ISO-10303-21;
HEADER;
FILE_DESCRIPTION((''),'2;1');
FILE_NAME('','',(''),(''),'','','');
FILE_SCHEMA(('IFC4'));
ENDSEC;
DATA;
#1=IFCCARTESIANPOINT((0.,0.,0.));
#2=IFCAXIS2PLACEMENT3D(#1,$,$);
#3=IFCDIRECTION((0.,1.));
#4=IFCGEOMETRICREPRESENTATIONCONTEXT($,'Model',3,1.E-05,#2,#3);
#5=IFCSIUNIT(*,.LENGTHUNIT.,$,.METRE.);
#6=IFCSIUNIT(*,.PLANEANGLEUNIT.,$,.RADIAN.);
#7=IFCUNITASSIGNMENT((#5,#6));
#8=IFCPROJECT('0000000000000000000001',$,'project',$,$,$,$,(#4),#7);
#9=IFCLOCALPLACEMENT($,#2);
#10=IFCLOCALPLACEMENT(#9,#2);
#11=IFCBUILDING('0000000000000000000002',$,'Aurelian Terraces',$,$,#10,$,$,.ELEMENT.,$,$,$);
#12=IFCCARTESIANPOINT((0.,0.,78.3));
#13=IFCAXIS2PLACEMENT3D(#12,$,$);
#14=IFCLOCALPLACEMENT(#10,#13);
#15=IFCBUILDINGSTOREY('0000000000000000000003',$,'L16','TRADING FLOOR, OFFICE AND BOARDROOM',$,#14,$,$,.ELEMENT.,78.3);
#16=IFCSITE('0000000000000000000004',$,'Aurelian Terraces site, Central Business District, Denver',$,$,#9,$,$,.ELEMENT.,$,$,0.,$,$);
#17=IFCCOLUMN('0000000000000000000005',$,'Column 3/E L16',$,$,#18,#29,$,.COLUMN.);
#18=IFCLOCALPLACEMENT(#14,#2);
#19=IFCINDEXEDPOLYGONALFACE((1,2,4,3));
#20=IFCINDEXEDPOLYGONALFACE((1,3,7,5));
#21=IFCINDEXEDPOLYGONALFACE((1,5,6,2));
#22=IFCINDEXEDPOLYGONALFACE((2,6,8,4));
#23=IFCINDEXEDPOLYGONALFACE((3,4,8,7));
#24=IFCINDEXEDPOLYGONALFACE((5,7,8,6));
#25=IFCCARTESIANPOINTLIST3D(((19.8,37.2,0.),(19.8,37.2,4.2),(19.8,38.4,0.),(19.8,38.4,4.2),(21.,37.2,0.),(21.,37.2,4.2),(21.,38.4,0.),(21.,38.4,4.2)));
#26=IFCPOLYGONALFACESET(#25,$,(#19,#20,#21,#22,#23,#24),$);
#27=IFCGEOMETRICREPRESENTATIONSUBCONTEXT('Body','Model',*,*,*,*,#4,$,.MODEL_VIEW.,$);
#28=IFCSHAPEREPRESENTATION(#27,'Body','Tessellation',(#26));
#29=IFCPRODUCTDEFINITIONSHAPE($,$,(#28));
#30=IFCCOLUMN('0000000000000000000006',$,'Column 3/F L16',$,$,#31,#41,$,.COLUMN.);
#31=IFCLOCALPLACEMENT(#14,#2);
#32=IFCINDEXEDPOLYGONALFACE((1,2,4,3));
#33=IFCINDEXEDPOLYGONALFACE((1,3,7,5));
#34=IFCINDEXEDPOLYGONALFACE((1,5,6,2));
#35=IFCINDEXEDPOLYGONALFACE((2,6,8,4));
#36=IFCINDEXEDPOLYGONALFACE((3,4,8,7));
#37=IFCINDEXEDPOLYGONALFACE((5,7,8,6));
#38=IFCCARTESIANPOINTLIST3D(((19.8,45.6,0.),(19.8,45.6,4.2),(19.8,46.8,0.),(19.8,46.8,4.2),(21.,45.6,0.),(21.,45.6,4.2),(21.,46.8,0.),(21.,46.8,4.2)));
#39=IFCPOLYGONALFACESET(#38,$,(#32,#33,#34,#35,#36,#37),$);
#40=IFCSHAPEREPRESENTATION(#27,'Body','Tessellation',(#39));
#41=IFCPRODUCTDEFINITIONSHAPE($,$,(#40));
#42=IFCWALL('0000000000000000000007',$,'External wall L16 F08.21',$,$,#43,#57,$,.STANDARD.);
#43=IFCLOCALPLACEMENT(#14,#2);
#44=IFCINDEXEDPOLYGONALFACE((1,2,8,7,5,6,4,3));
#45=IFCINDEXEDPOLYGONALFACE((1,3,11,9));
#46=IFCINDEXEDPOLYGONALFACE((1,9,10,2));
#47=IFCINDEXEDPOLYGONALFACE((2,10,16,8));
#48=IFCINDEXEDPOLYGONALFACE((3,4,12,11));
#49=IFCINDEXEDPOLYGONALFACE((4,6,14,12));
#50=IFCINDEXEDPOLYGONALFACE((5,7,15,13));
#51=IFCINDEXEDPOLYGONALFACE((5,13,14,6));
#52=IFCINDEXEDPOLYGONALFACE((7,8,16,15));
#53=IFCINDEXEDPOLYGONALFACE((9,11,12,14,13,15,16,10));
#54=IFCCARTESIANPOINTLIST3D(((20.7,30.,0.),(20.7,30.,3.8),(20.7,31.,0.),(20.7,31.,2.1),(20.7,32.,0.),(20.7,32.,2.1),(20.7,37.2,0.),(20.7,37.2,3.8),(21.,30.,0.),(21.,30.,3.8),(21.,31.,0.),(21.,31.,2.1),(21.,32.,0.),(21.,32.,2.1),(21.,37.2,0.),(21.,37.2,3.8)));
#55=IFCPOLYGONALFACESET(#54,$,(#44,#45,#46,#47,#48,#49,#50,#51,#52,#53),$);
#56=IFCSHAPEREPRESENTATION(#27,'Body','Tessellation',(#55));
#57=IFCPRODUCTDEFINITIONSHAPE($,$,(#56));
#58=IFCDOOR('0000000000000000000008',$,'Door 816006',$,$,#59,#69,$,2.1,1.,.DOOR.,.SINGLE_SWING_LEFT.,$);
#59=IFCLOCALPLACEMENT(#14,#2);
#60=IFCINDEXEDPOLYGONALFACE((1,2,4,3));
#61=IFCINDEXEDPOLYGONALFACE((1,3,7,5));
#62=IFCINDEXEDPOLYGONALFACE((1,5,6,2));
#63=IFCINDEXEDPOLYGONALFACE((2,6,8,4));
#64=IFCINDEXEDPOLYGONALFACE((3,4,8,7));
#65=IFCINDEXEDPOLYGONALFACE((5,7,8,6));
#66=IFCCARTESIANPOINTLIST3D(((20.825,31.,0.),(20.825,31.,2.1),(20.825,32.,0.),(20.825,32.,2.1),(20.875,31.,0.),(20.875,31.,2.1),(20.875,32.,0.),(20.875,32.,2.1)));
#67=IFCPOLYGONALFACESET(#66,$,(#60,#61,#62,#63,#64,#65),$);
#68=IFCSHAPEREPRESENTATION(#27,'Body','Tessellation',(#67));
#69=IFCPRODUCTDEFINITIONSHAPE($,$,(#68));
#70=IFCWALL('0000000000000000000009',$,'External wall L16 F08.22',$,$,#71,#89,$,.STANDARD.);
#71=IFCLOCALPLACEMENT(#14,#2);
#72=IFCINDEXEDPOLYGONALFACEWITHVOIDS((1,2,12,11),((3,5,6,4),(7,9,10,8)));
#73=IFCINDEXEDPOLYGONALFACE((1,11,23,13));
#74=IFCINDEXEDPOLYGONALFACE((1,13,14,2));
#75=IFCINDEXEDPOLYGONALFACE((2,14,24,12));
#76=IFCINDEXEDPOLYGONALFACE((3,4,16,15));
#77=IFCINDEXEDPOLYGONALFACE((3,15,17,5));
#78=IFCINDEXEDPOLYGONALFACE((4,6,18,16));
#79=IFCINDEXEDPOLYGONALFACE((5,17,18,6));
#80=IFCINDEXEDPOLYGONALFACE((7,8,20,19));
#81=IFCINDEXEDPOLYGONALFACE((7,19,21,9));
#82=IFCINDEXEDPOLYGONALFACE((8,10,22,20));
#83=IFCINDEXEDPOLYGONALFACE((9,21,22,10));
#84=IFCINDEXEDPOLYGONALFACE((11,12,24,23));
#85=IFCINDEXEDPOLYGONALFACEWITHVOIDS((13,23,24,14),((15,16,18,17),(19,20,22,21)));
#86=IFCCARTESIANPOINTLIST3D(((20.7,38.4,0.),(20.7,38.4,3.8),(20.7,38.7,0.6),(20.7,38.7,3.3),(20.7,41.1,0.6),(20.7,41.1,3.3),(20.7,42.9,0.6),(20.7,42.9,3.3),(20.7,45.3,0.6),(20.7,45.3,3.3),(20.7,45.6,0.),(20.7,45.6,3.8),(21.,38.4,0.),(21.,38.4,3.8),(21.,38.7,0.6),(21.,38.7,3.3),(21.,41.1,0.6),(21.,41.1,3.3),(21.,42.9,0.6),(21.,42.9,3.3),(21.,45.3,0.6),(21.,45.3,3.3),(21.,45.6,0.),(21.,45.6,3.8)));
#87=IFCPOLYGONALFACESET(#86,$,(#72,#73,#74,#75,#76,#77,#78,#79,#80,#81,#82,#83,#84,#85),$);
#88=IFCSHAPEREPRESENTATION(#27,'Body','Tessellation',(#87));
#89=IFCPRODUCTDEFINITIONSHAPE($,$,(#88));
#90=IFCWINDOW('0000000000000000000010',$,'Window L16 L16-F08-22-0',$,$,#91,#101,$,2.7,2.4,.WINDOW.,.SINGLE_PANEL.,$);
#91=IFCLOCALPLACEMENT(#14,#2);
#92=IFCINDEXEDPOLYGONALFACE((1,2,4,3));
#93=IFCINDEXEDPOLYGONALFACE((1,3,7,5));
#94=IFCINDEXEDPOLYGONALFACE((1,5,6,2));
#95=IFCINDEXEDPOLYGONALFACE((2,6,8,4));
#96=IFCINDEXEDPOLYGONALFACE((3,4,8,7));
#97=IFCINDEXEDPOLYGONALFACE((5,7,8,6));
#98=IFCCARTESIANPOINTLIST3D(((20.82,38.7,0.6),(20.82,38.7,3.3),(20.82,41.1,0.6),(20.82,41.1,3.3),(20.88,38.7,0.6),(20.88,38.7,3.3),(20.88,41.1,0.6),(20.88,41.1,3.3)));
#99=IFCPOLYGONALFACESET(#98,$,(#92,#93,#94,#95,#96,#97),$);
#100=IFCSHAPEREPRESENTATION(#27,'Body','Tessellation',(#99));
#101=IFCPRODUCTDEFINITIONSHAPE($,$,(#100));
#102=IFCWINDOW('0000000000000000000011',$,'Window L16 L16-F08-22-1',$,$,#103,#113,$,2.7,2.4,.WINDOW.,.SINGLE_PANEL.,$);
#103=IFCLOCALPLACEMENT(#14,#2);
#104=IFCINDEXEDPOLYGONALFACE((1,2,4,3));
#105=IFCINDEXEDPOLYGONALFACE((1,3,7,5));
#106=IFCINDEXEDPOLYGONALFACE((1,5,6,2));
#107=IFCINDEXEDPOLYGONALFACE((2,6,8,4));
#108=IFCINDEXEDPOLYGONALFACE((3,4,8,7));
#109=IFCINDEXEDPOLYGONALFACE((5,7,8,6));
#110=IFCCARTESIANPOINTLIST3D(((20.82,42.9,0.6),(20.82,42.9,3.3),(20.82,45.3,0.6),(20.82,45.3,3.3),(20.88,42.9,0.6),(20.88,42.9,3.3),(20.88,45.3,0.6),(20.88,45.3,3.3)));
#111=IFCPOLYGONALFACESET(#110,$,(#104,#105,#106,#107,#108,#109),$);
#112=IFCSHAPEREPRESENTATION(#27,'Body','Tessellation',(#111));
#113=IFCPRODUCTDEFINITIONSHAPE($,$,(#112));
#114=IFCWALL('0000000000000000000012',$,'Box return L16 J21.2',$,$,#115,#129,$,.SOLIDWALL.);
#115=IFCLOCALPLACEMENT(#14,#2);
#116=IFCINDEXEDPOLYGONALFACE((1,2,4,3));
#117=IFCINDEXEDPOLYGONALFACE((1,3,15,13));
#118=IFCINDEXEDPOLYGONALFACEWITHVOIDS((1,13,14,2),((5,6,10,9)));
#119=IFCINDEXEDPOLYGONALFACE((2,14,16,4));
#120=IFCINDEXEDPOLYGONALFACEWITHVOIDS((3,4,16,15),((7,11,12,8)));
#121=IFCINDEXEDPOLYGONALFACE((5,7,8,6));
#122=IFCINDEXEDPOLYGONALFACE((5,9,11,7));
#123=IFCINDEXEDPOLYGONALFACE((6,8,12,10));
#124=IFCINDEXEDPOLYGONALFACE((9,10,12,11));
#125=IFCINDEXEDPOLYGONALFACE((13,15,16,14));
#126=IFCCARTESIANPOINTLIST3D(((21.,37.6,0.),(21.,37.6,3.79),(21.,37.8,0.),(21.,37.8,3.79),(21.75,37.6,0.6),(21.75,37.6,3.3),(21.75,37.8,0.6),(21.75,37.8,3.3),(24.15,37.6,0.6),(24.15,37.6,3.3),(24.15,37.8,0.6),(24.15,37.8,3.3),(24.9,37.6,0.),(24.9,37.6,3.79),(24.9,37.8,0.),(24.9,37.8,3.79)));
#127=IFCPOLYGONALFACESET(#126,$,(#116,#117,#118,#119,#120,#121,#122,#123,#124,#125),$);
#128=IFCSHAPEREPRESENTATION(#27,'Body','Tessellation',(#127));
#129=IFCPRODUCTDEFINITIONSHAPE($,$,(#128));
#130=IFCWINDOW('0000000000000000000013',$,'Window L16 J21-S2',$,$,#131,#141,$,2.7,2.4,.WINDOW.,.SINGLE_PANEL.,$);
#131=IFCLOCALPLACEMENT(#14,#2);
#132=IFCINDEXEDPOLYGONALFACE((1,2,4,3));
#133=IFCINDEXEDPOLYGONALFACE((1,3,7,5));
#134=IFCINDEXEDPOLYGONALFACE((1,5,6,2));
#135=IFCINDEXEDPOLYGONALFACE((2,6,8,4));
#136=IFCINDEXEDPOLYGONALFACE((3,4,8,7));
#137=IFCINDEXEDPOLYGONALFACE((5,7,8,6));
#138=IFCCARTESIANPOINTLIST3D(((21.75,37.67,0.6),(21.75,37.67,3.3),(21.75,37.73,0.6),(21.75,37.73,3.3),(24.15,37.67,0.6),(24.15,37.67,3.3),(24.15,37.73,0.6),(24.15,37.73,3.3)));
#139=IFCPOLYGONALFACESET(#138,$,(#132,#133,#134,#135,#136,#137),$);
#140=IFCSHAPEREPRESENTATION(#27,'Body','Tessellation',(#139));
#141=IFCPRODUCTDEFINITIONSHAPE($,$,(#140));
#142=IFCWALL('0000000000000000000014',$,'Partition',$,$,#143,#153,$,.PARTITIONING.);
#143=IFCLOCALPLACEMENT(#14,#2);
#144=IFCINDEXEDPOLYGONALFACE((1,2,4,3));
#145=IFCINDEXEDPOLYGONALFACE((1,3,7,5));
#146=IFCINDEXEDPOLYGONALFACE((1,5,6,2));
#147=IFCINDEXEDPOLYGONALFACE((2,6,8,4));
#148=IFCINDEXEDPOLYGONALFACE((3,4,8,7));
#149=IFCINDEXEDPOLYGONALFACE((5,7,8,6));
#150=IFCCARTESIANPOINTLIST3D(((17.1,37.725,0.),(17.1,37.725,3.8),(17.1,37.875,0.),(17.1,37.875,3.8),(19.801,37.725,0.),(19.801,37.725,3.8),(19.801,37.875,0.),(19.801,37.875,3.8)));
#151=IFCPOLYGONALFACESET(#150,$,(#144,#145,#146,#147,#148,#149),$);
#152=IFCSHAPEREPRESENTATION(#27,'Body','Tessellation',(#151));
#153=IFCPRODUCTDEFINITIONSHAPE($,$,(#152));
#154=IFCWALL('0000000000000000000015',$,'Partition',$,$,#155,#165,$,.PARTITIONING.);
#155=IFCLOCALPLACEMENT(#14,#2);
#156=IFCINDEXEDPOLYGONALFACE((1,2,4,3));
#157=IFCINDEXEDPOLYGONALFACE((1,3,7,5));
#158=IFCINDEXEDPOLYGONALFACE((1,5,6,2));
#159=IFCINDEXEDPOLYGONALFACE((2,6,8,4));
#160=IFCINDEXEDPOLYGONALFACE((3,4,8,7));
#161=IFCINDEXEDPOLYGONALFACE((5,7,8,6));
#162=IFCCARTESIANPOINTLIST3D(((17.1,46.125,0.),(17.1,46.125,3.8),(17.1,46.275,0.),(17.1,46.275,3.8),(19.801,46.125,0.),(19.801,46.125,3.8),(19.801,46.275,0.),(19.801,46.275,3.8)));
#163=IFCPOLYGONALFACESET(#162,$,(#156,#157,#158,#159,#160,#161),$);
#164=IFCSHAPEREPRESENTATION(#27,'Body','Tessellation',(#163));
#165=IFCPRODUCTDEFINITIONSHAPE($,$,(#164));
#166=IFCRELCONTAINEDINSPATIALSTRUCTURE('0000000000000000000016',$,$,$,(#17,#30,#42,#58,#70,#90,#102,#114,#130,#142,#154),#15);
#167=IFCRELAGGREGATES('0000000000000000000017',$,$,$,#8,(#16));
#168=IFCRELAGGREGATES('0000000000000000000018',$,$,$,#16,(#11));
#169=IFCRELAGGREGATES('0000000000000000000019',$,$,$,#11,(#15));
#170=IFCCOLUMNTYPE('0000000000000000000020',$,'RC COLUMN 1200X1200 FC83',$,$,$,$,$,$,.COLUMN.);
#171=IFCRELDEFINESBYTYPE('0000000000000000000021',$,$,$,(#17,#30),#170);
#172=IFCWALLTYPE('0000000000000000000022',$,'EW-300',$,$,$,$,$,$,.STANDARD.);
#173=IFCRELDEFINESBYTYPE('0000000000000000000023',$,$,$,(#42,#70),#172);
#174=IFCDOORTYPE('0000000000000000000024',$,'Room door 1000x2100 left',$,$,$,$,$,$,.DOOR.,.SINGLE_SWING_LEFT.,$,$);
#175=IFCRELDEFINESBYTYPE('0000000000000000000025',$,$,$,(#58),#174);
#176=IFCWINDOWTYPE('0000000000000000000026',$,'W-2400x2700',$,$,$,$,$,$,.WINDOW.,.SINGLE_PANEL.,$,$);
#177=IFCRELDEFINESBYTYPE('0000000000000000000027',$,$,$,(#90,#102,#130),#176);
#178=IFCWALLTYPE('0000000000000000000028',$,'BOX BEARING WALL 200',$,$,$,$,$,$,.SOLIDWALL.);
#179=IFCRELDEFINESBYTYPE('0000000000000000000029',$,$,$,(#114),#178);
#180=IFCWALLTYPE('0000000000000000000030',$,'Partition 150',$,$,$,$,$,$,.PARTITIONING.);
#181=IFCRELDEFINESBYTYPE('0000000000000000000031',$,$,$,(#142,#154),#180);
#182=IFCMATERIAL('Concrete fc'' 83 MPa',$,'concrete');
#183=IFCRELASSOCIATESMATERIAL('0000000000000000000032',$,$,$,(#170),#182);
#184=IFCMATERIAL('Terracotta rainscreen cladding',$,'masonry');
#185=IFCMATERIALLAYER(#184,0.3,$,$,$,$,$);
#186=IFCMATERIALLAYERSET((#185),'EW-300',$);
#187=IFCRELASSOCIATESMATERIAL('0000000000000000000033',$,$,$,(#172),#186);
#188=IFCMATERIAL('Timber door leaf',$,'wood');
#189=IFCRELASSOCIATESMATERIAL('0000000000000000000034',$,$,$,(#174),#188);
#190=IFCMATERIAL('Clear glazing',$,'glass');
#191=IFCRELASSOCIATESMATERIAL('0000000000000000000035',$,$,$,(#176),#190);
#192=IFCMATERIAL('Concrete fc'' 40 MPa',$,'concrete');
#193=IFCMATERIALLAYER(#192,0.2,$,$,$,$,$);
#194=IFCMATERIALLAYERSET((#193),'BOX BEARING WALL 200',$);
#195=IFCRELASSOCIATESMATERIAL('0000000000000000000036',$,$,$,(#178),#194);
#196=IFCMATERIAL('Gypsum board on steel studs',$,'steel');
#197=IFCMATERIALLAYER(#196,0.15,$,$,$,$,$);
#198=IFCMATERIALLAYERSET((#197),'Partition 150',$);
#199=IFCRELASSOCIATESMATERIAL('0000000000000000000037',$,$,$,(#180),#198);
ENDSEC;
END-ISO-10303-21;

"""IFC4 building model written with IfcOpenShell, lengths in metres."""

from ifc_helpers import new_model, si_unit, direction, frame, frame_2d, origin, origin_2d, place, context, subcontext, project, spatial, rectangle, extrude, source, transform, mapped, material, layer, layer_set, material_profile, profile_set, type_object, element, fill, save


model = new_model("IFC4")

# Units and contexts
model_context = context("Model", 3, precision=1e-05, world=origin(), true_north=direction((0.0, 1.0)))
body_context = subcontext(model_context, "Body", "Model", "MODEL_VIEW")
ifc_project = project(units=[si_unit("LENGTHUNIT", "METRE"), si_unit("PLANEANGLEUNIT", "RADIAN")], contexts=[model_context])

# Site, building, storey
site_placement = place(None, origin())
site = spatial("IfcSite", under=ifc_project, at=site_placement, Name="Aurelian Terraces site, Central Business District, Denver", CompositionType="ELEMENT", RefElevation=0.0)
building_placement = place(site_placement, origin())
building = spatial("IfcBuilding", under=site, at=building_placement, Name="Aurelian Terraces", CompositionType="ELEMENT")
storey_placement = place(building_placement, frame((0.0, 0.0, 78.3)))
storey = spatial("IfcBuildingStorey", under=building, at=storey_placement, Name="L16", Description="TRADING FLOOR, OFFICE AND BOARDROOM", CompositionType="ELEMENT", Elevation=78.3)

# Columns
ifc_material_1 = material(Name="Concrete fc' 83 MPa", Category="concrete")
ifc_material_profile = material_profile(ifc_material_1, rectangle(XDim=1.2, YDim=1.2, at=origin_2d()))
ifc_profile_set = profile_set([ifc_material_profile], Name="Concrete fc' 83 MPa")
column_type = type_object("IfcColumnType", Name="RC COLUMN 1200X1200 FC83", PredefinedType="COLUMN", material=ifc_profile_set)
shared_shape_1 = source(origin(), body_context, "Body", "SweptSolid", [
    extrude(rectangle(XDim=1.2, YDim=1.2, at=origin_2d()), origin(), (0.0, 0.0, 1.0), 4.2),
])
for number, where, z_axis, x_axis, name in (
    (1, (20.4, 37.8, 0.0), (0.0, 0.0, 1.0), (1.0, 0.0, 0.0), "Column 3/E L16"),
    (2, (20.4, 46.2, 0.0), (0.0, 0.0, 1.0), (1.0, 0.0, 0.0), "Column 3/F L16"),
):
    element("IfcColumn", number, at=place(storey_placement, frame(where, z_axis=z_axis, x_axis=x_axis)), inside=storey, type_object=column_type, Name=name, PredefinedType="COLUMN", context=body_context, shape_type="MappedRepresentation", body=[
        mapped(shared_shape_1, transform((0.0, 0.0, 0.0), scale=1.0)),
    ])

# Wall, opening, door
ifc_material_2 = material(Name="Terracotta rainscreen cladding", Category="masonry")
ifc_layer_1 = layer(ifc_material_2, 0.3)
ifc_layer_set_1 = layer_set([ifc_layer_1], Name="EW-300")
wall_type_1 = type_object("IfcWallType", Name="EW-300", PredefinedType="STANDARD", material=ifc_layer_set_1)
shared_shape_2 = source(origin(), body_context, "Body", "SweptSolid", [
    extrude(rectangle(XDim=7.2, YDim=0.3, at=frame_2d((3.6, 0.0))), origin(), (0.0, 0.0, 1.0), 3.8),
])
wall_1_placement = place(storey_placement, frame((20.85, 30.0, 0.0), z_axis=(0.0, 0.0, 1.0), x_axis=(0.0, 1.0, 0.0)))
wall_1 = element("IfcWall", 3, at=wall_1_placement, inside=storey, type_object=wall_type_1, Name="External wall L16 F08.21", PredefinedType="STANDARD", context=body_context, shape_type="MappedRepresentation", body=[
    mapped(shared_shape_2, transform((0.0, 0.0, 0.0), scale=1.0)),
])
shared_shape_3 = source(origin(), body_context, "Body", "SweptSolid", [
    extrude(rectangle(XDim=1.0, YDim=2.1, at=frame_2d((0.5, 1.05))), frame((0.0, 0.16, 0.0), z_axis=(0.0, -1.0, 0.0), x_axis=(1.0, 0.0, 0.0)), (0.0, 0.0, 1.0), 0.32),
])
opening_1_placement = place(wall_1_placement, frame((1.0, 0.0, 0.0)))
opening_1 = element("IfcOpeningElement", 4, at=opening_1_placement, cuts=wall_1, PredefinedType="OPENING", context=body_context, shape_type="MappedRepresentation", body=[
    mapped(shared_shape_3, transform((0.0, 0.0, 0.0), scale=1.0)),
])
ifc_material_3 = material(Name="Timber door leaf", Category="wood")
door_type = type_object("IfcDoorType", Name="Room door 1000x2100 left", OperationType="SINGLE_SWING_LEFT", PredefinedType="DOOR", material=ifc_material_3)
shared_shape_4 = source(origin(), body_context, "Body", "SweptSolid", [
    extrude(rectangle(XDim=1.0, YDim=2.1, at=frame_2d((0.5, 1.05))), frame((0.0, 0.025, 0.0), z_axis=(0.0, -1.0, 0.0), x_axis=(1.0, 0.0, 0.0)), (0.0, 0.0, 1.0), 0.05),
])
door_placement = place(opening_1_placement, origin())
door = element("IfcDoor", 5, at=door_placement, inside=storey, type_object=door_type, Name="Door 816006", OperationType="SINGLE_SWING_LEFT", OverallHeight=2.1, OverallWidth=1.0, PredefinedType="DOOR", context=body_context, shape_type="MappedRepresentation", body=[
    mapped(shared_shape_4, transform((0.0, 0.0, 0.0), scale=1.0)),
])
fill(opening_1, door)

# Wall, openings, windows
wall_2_placement = place(storey_placement, frame((20.85, 38.4, 0.0), z_axis=(0.0, 0.0, 1.0), x_axis=(0.0, 1.0, 0.0)))
wall_2 = element("IfcWall", 6, at=wall_2_placement, inside=storey, type_object=wall_type_1, Name="External wall L16 F08.22", PredefinedType="STANDARD", context=body_context, shape_type="MappedRepresentation", body=[
    mapped(shared_shape_2, transform((0.0, 0.0, 0.0), scale=1.0)),
])
shared_shape_5 = source(origin(), body_context, "Body", "SweptSolid", [
    extrude(rectangle(XDim=2.4, YDim=2.7, at=frame_2d((1.2, 1.35))), frame((0.0, 0.16, 0.0), z_axis=(0.0, -1.0, 0.0), x_axis=(1.0, 0.0, 0.0)), (0.0, 0.0, 1.0), 0.32),
])
opening_2_placement = place(wall_2_placement, frame((0.3, 0.0, 0.6)))
opening_2 = element("IfcOpeningElement", 7, at=opening_2_placement, cuts=wall_2, PredefinedType="OPENING", context=body_context, shape_type="MappedRepresentation", body=[
    mapped(shared_shape_5, transform((0.0, 0.0, 0.0), scale=1.0)),
])
opening_3_placement = place(wall_2_placement, frame((4.5, 0.0, 0.6)))
opening_3 = element("IfcOpeningElement", 8, at=opening_3_placement, cuts=wall_2, PredefinedType="OPENING", context=body_context, shape_type="MappedRepresentation", body=[
    mapped(shared_shape_5, transform((0.0, 0.0, 0.0), scale=1.0)),
])
ifc_material_4 = material(Name="Clear glazing", Category="glass")
window_type = type_object("IfcWindowType", Name="W-2400x2700", PartitioningType="SINGLE_PANEL", PredefinedType="WINDOW", material=ifc_material_4)
shared_shape_6 = source(origin(), body_context, "Body", "SweptSolid", [
    extrude(rectangle(XDim=2.4, YDim=2.7, at=frame_2d((1.2, 1.35))), frame((0.0, 0.03, 0.0), z_axis=(0.0, -1.0, 0.0), x_axis=(1.0, 0.0, 0.0)), (0.0, 0.0, 1.0), 0.06),
])
window_1_placement = place(opening_2_placement, origin())
window_1 = element("IfcWindow", 9, at=window_1_placement, inside=storey, type_object=window_type, Name="Window L16 L16-F08-22-0", OverallHeight=2.7, OverallWidth=2.4, PartitioningType="SINGLE_PANEL", PredefinedType="WINDOW", context=body_context, shape_type="MappedRepresentation", body=[
    mapped(shared_shape_6, transform((0.0, 0.0, 0.0), scale=1.0)),
])
fill(opening_2, window_1)
window_2_placement = place(opening_3_placement, origin())
window_2 = element("IfcWindow", 10, at=window_2_placement, inside=storey, type_object=window_type, Name="Window L16 L16-F08-22-1", OverallHeight=2.7, OverallWidth=2.4, PartitioningType="SINGLE_PANEL", PredefinedType="WINDOW", context=body_context, shape_type="MappedRepresentation", body=[
    mapped(shared_shape_6, transform((0.0, 0.0, 0.0), scale=1.0)),
])
fill(opening_3, window_2)

# Wall, opening, window
ifc_material_5 = material(Name="Concrete fc' 40 MPa", Category="concrete")
ifc_layer_2 = layer(ifc_material_5, 0.2)
ifc_layer_set_2 = layer_set([ifc_layer_2], Name="BOX BEARING WALL 200")
wall_type_2 = type_object("IfcWallType", Name="BOX BEARING WALL 200", PredefinedType="SOLIDWALL", material=ifc_layer_set_2)
shared_shape_7 = source(origin(), body_context, "Body", "SweptSolid", [
    extrude(rectangle(XDim=3.9, YDim=0.2, at=frame_2d((1.95, 0.0))), origin(), (0.0, 0.0, 1.0), 3.79),
])
wall_3_placement = place(storey_placement, frame((21.0, 37.7, 0.0), z_axis=(0.0, 0.0, 1.0), x_axis=(1.0, 0.0, 0.0)))
wall_3 = element("IfcWall", 11, at=wall_3_placement, inside=storey, type_object=wall_type_2, Name="Box return L16 J21.2", PredefinedType="SOLIDWALL", context=body_context, shape_type="MappedRepresentation", body=[
    mapped(shared_shape_7, transform((0.0, 0.0, 0.0), scale=1.0)),
])
shared_shape_8 = source(origin(), body_context, "Body", "SweptSolid", [
    extrude(rectangle(XDim=2.4, YDim=2.7, at=frame_2d((1.2, 1.35))), frame((0.0, 0.11, 0.0), z_axis=(0.0, -1.0, 0.0), x_axis=(1.0, 0.0, 0.0)), (0.0, 0.0, 1.0), 0.22),
])
opening_4_placement = place(wall_3_placement, frame((0.75, 0.0, 0.6)))
opening_4 = element("IfcOpeningElement", 12, at=opening_4_placement, cuts=wall_3, PredefinedType="OPENING", context=body_context, shape_type="MappedRepresentation", body=[
    mapped(shared_shape_8, transform((0.0, 0.0, 0.0), scale=1.0)),
])
window_3_placement = place(opening_4_placement, origin())
window_3 = element("IfcWindow", 13, at=window_3_placement, inside=storey, type_object=window_type, Name="Window L16 J21-S2", OverallHeight=2.7, OverallWidth=2.4, PartitioningType="SINGLE_PANEL", PredefinedType="WINDOW", context=body_context, shape_type="MappedRepresentation", body=[
    mapped(shared_shape_6, transform((0.0, 0.0, 0.0), scale=1.0)),
])
fill(opening_4, window_3)

# Walls
ifc_material_6 = material(Name="Gypsum board on steel studs", Category="steel")
ifc_layer_3 = layer(ifc_material_6, 0.15)
ifc_layer_set_3 = layer_set([ifc_layer_3], Name="Partition 150")
wall_type_3 = type_object("IfcWallType", Name="Partition 150", PredefinedType="PARTITIONING", material=ifc_layer_set_3)
shared_shape_9 = source(origin(), body_context, "Body", "SweptSolid", [
    extrude(rectangle(XDim=2.701, YDim=0.15, at=frame_2d((1.3505, 0.0))), origin(), (0.0, 0.0, 1.0), 3.8),
])
for number, where, z_axis, x_axis, name in (
    (14, (19.801, 37.8, 0.0), (0.0, 0.0, 1.0), (-1.0, 0.0, 0.0), "Partition"),
    (15, (19.801, 46.2, 0.0), (0.0, 0.0, 1.0), (-1.0, 0.0, 0.0), "Partition"),
):
    element("IfcWall", number, at=place(storey_placement, frame(where, z_axis=z_axis, x_axis=x_axis)), inside=storey, type_object=wall_type_3, Name=name, PredefinedType="PARTITIONING", context=body_context, shape_type="MappedRepresentation", body=[
        mapped(shared_shape_9, transform((0.0, 0.0, 0.0), scale=1.0)),
    ])

save(model, "model.ifc")
